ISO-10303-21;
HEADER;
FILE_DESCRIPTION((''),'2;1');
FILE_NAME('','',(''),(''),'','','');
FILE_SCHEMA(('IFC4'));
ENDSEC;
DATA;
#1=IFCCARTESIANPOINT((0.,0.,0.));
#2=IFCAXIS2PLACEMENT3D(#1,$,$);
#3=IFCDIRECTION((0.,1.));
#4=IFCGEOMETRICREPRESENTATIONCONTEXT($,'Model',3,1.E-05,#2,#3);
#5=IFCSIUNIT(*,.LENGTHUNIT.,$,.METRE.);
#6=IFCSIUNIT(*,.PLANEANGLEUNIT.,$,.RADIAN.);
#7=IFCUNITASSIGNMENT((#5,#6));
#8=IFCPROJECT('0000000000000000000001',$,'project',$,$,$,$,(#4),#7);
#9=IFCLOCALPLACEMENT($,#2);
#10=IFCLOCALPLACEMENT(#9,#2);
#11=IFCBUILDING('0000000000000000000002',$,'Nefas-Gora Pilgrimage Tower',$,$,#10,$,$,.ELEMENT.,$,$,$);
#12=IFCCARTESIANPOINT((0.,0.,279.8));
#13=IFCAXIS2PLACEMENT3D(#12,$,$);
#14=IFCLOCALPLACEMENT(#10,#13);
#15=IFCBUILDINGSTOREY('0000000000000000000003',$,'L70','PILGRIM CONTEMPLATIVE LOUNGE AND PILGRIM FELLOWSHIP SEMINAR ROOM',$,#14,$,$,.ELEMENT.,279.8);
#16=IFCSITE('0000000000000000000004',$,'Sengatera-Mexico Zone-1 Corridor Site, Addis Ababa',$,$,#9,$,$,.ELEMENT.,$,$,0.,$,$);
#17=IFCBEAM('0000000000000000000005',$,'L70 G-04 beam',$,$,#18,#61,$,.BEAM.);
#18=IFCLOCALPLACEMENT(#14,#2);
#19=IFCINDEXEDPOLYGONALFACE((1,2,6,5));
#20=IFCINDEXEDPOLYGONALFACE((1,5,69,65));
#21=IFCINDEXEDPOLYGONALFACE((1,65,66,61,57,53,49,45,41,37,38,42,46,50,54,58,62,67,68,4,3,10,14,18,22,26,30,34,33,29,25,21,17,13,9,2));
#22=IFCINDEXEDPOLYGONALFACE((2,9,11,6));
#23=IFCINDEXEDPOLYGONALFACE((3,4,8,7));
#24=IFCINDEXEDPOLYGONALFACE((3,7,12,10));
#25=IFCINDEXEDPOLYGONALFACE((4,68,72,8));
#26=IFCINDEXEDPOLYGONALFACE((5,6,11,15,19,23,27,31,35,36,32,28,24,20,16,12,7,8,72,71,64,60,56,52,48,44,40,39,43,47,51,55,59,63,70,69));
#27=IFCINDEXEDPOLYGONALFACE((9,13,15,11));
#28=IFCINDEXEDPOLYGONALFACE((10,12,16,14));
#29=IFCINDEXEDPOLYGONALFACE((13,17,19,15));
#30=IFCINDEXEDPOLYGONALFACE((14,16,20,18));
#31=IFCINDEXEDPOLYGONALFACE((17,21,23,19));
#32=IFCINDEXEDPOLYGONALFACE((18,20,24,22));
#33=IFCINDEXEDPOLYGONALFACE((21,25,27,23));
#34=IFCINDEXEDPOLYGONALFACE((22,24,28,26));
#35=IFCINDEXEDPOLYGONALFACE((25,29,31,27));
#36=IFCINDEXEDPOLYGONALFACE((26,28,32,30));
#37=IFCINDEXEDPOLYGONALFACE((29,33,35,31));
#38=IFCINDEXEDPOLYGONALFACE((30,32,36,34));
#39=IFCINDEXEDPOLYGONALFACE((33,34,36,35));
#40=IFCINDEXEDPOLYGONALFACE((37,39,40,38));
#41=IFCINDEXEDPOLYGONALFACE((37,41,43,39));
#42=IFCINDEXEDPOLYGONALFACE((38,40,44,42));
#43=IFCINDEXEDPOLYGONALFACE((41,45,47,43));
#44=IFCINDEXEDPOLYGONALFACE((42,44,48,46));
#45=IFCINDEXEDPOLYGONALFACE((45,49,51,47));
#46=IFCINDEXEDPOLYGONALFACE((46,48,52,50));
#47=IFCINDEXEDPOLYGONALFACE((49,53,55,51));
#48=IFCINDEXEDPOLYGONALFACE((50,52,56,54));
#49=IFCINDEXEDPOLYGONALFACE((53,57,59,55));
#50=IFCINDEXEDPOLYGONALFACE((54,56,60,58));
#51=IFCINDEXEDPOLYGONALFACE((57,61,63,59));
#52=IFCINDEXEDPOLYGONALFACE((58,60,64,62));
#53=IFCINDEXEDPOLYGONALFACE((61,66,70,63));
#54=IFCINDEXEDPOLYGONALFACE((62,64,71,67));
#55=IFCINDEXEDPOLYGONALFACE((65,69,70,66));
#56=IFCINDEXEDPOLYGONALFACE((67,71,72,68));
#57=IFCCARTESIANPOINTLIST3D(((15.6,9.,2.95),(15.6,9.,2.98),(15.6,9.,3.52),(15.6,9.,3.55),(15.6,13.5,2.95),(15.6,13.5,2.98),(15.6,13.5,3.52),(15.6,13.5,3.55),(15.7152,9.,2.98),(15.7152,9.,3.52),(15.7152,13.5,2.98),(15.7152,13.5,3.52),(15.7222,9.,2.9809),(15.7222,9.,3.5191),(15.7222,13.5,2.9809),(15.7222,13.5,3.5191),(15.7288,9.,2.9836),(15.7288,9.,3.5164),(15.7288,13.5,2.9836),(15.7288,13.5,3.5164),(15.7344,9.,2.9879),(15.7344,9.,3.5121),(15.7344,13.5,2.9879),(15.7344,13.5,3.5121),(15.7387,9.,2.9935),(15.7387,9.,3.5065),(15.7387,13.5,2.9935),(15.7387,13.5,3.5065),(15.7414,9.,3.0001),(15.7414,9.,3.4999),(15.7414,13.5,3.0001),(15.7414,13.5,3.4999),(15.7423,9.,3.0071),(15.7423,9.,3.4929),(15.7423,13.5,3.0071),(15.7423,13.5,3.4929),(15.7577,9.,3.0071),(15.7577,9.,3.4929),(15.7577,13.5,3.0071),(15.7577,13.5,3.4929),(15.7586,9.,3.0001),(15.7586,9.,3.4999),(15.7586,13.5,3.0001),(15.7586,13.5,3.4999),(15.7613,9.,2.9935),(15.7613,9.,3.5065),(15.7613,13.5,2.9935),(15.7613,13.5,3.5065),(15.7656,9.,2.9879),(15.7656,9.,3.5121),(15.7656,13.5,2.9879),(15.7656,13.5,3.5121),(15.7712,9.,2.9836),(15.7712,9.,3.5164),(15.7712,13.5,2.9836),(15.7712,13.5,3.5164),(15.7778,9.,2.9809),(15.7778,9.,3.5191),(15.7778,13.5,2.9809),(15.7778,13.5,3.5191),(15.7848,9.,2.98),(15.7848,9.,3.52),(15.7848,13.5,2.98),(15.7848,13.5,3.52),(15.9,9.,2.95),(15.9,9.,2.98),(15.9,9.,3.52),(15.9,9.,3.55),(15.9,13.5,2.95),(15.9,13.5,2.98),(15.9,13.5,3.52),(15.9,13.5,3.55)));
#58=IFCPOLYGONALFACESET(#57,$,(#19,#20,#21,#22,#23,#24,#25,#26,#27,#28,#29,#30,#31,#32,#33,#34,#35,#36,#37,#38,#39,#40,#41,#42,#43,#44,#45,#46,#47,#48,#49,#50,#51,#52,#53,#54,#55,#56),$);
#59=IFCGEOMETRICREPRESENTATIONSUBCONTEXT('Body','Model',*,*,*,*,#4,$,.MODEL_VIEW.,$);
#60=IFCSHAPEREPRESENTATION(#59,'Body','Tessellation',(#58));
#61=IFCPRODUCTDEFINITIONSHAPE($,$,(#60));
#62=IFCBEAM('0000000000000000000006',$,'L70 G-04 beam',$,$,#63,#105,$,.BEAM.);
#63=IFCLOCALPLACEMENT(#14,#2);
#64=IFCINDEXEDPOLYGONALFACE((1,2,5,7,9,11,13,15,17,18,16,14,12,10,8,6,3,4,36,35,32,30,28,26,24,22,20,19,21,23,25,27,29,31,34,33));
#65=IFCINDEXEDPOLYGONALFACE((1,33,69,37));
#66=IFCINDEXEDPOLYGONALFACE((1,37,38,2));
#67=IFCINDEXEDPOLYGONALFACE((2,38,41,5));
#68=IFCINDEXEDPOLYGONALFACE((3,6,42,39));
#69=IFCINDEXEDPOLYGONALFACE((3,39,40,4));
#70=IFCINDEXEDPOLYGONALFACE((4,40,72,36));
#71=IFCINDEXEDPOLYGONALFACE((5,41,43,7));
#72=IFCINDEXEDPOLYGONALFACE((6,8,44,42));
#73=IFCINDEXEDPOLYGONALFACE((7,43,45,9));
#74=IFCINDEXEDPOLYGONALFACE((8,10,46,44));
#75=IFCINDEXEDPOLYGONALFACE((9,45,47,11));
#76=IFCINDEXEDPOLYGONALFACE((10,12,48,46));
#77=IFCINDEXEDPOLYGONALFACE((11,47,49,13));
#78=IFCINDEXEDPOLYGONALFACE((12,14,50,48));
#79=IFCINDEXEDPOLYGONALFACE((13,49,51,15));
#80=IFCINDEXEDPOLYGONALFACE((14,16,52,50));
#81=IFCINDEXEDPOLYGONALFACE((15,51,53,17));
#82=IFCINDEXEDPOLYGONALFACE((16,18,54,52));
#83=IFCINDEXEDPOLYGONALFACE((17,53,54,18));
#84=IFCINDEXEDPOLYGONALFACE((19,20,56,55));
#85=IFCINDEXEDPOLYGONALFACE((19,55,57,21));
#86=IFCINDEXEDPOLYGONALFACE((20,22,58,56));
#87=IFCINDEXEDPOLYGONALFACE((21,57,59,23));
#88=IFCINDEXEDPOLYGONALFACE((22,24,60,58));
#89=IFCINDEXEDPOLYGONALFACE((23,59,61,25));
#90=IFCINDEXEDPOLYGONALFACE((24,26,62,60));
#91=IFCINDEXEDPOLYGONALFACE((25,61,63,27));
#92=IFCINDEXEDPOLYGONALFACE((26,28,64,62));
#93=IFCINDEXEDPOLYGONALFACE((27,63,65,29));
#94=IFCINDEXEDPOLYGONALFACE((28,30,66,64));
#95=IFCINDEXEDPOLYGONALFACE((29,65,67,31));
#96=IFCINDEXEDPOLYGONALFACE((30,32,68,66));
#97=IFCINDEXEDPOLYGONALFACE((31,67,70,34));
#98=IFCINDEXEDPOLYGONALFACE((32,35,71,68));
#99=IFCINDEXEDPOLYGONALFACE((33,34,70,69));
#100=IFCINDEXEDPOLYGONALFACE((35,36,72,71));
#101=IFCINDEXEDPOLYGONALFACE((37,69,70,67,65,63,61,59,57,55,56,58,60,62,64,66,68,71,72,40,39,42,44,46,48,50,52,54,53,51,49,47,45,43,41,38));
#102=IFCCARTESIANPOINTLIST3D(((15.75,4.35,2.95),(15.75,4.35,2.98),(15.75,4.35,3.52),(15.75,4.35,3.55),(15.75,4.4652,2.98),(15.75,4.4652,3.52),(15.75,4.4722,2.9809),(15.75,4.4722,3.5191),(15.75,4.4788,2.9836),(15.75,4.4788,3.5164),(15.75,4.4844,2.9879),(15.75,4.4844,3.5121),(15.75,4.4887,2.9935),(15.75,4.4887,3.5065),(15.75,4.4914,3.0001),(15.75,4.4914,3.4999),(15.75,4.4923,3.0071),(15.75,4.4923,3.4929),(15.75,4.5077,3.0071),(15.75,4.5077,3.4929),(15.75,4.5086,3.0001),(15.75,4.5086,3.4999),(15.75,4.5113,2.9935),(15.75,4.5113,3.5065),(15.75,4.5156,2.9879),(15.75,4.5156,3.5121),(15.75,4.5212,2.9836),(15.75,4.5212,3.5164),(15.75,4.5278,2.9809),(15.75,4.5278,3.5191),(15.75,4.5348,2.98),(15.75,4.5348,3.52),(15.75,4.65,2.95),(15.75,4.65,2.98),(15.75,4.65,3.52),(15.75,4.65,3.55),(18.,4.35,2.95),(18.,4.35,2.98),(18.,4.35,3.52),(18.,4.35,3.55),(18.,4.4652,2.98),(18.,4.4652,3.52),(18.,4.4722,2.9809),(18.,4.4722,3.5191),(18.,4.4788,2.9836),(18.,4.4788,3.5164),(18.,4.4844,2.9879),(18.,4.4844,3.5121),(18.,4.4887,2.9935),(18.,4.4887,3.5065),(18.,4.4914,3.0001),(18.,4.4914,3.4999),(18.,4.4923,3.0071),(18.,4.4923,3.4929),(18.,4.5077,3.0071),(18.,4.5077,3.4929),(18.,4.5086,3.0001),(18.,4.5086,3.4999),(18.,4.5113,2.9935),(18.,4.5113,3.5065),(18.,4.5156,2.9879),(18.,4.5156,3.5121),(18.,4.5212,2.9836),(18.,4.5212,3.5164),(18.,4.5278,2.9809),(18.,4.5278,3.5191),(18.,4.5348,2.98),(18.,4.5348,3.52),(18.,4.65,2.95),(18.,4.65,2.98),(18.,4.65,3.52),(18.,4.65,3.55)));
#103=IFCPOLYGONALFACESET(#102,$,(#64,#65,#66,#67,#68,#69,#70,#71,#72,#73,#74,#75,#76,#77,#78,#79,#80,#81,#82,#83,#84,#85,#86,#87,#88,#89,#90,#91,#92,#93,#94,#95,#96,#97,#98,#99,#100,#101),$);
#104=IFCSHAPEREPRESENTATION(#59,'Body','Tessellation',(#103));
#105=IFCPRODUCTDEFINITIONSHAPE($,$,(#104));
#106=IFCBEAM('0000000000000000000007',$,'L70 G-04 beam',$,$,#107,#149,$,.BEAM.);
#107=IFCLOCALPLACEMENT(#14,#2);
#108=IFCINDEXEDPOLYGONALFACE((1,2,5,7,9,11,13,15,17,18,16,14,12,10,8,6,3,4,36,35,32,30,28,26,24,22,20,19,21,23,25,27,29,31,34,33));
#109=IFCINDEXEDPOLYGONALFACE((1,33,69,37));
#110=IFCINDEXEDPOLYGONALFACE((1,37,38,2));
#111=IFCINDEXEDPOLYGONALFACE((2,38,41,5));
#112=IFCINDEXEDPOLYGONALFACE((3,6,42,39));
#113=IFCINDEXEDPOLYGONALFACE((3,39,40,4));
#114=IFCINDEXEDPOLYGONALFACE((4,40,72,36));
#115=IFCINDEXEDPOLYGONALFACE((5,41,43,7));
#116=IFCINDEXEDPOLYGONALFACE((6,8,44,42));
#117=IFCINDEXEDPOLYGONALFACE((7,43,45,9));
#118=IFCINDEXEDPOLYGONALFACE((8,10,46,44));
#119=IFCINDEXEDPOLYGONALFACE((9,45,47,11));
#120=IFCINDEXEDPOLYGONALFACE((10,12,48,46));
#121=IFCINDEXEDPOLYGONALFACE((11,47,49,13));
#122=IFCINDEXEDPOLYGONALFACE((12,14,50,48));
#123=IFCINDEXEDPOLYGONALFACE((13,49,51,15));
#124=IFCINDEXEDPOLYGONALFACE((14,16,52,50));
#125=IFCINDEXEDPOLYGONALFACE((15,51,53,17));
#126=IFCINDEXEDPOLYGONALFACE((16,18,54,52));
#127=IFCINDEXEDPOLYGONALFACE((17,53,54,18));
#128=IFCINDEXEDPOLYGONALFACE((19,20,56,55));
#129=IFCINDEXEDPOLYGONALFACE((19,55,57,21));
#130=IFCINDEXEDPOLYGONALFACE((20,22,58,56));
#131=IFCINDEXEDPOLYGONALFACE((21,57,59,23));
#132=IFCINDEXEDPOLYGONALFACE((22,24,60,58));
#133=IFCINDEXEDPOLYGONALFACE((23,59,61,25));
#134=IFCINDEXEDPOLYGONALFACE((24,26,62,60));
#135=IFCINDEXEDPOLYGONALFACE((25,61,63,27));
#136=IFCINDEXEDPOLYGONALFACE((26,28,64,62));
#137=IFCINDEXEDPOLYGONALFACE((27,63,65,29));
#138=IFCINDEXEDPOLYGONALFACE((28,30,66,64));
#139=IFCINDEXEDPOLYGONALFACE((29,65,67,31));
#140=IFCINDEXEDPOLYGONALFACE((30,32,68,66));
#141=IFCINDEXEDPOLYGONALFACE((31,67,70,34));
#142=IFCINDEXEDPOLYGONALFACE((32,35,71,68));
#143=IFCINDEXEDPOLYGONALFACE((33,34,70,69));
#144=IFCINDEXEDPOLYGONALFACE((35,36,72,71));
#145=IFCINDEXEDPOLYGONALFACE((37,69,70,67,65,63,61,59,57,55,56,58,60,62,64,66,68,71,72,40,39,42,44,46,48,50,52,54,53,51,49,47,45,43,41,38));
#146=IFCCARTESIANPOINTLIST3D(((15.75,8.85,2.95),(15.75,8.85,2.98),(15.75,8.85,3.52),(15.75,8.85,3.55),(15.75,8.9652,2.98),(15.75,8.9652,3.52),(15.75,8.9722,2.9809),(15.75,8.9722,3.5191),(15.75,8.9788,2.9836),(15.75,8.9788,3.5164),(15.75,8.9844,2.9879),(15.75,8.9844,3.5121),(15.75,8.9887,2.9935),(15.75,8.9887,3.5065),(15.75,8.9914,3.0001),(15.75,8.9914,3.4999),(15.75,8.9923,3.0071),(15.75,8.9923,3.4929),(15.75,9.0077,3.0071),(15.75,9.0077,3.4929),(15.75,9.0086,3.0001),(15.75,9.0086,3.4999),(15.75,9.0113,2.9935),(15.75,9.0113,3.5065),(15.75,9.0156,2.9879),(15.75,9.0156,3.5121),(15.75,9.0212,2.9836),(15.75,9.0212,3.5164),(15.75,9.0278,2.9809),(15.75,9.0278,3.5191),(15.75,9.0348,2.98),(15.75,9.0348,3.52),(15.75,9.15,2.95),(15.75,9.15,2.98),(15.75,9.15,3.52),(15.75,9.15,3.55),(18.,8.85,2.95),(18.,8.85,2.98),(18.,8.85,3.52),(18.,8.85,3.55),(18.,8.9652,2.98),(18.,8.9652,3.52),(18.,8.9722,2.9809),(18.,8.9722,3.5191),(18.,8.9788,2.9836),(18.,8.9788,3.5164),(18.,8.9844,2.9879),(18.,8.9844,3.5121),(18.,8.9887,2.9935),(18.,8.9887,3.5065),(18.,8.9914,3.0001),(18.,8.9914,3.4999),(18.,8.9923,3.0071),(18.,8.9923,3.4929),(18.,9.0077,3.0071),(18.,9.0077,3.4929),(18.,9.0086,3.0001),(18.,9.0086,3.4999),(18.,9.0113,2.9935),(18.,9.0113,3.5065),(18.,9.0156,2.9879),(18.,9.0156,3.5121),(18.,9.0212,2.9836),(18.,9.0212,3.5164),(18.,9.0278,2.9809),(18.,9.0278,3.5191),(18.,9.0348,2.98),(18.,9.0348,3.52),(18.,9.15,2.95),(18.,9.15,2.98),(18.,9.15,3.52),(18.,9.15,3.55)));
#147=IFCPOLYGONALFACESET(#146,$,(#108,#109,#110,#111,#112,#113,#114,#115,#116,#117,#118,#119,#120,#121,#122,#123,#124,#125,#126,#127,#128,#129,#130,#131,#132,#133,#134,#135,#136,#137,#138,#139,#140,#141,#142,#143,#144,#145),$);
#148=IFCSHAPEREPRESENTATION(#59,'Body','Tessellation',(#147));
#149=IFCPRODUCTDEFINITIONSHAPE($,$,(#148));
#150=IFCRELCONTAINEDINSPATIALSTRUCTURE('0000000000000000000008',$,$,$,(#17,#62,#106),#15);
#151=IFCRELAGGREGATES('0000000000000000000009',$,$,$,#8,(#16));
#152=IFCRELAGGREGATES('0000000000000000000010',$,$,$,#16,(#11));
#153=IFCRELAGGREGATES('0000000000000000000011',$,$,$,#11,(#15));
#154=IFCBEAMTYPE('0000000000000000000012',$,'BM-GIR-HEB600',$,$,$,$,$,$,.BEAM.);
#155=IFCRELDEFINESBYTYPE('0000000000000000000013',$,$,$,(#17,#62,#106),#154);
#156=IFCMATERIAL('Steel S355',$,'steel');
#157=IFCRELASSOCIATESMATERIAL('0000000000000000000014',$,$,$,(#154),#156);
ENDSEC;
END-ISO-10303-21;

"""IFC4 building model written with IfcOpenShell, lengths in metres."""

from ifc_helpers import new_model, si_unit, direction, frame, origin, origin_2d, place, context, subcontext, project, spatial, i_section, extrude, source, transform, mapped, material, material_profile, profile_set, type_object, element, save


model = new_model("IFC4")

# Units and contexts
model_context = context("Model", 3, precision=1e-05, world=origin(), true_north=direction((0.0, 1.0)))
body_context = subcontext(model_context, "Body", "Model", "MODEL_VIEW")
ifc_project = project(units=[si_unit("LENGTHUNIT", "METRE"), si_unit("PLANEANGLEUNIT", "RADIAN")], contexts=[model_context])

# Site, building, storey
site_placement = place(None, origin())
site = spatial("IfcSite", under=ifc_project, at=site_placement, Name="Sengatera-Mexico Zone-1 Corridor Site, Addis Ababa", CompositionType="ELEMENT", RefElevation=0.0)
building_placement = place(site_placement, origin())
building = spatial("IfcBuilding", under=site, at=building_placement, Name="Nefas-Gora Pilgrimage Tower", CompositionType="ELEMENT")
storey_placement = place(building_placement, frame((0.0, 0.0, 279.8)))
storey = spatial("IfcBuildingStorey", under=building, at=storey_placement, Name="L70", Description="PILGRIM CONTEMPLATIVE LOUNGE AND PILGRIM FELLOWSHIP SEMINAR ROOM", CompositionType="ELEMENT", Elevation=279.8)

# Shared definitions
ifc_material_1 = material(Name="Steel S355", Category="steel")

# Beams
ifc_material_profile_1 = material_profile(ifc_material_1, i_section(OverallWidth=0.3, OverallDepth=0.6001, WebThickness=0.0154, FlangeThickness=0.03, FilletRadius=0.0271, at=origin_2d()), Name="HEB 600")
ifc_profile_set_1 = profile_set([ifc_material_profile_1], Name="Steel S355")
beam_type_1 = type_object("IfcBeamType", Name="BM-GIR-HEB600", PredefinedType="BEAM", material=ifc_profile_set_1)
shared_shape_1 = source(origin(), body_context, "Body", "SweptSolid", [
    extrude(i_section(OverallWidth=0.3, OverallDepth=0.6001, WebThickness=0.0154, FlangeThickness=0.03, FilletRadius=0.0271, at=origin_2d()), origin(), (0.0, 0.0, 1.0), 4.5),
])
for number, where, z_axis, x_axis, name in (
    (1, (15.75, 9.0, 3.25), (0.0, 1.0, 0.0), (-1.0, 0.0, 0.0), "L70 G-04 beam"),
):
    element("IfcBeam", number, at=place(storey_placement, frame(where, z_axis=z_axis, x_axis=x_axis)), inside=storey, type_object=beam_type_1, Name=name, PredefinedType="BEAM", context=body_context, shape_type="MappedRepresentation", body=[
        mapped(shared_shape_1, transform((0.0, 0.0, 0.0), x_axis=(1.0, 0.0, 0.0), y_axis=(0.0, 1.0, 0.0), z_axis=(0.0, 0.0, 1.0), scale=1.0)),
    ])
shared_shape_2 = source(origin(), body_context, "Body", "SweptSolid", [
    extrude(i_section(OverallWidth=0.3, OverallDepth=0.6001, WebThickness=0.0154, FlangeThickness=0.03, FilletRadius=0.0271, at=origin_2d()), origin(), (0.0, 0.0, 1.0), 2.25),
])
for number, where, z_axis, x_axis, name in (
    (2, (15.75, 4.5, 3.25), (1.0, 0.0, 0.0), (0.0, 1.0, 0.0), "L70 G-04 beam"),
    (3, (15.75, 9.0, 3.25), (1.0, 0.0, 0.0), (0.0, 1.0, 0.0), "L70 G-04 beam"),
):
    element("IfcBeam", number, at=place(storey_placement, frame(where, z_axis=z_axis, x_axis=x_axis)), inside=storey, type_object=beam_type_1, Name=name, PredefinedType="BEAM", context=body_context, shape_type="MappedRepresentation", body=[
        mapped(shared_shape_2, transform((0.0, 0.0, 0.0), x_axis=(1.0, 0.0, 0.0), y_axis=(0.0, 1.0, 0.0), z_axis=(0.0, 0.0, 1.0), scale=1.0)),
    ])

save(model, "model.ifc")
